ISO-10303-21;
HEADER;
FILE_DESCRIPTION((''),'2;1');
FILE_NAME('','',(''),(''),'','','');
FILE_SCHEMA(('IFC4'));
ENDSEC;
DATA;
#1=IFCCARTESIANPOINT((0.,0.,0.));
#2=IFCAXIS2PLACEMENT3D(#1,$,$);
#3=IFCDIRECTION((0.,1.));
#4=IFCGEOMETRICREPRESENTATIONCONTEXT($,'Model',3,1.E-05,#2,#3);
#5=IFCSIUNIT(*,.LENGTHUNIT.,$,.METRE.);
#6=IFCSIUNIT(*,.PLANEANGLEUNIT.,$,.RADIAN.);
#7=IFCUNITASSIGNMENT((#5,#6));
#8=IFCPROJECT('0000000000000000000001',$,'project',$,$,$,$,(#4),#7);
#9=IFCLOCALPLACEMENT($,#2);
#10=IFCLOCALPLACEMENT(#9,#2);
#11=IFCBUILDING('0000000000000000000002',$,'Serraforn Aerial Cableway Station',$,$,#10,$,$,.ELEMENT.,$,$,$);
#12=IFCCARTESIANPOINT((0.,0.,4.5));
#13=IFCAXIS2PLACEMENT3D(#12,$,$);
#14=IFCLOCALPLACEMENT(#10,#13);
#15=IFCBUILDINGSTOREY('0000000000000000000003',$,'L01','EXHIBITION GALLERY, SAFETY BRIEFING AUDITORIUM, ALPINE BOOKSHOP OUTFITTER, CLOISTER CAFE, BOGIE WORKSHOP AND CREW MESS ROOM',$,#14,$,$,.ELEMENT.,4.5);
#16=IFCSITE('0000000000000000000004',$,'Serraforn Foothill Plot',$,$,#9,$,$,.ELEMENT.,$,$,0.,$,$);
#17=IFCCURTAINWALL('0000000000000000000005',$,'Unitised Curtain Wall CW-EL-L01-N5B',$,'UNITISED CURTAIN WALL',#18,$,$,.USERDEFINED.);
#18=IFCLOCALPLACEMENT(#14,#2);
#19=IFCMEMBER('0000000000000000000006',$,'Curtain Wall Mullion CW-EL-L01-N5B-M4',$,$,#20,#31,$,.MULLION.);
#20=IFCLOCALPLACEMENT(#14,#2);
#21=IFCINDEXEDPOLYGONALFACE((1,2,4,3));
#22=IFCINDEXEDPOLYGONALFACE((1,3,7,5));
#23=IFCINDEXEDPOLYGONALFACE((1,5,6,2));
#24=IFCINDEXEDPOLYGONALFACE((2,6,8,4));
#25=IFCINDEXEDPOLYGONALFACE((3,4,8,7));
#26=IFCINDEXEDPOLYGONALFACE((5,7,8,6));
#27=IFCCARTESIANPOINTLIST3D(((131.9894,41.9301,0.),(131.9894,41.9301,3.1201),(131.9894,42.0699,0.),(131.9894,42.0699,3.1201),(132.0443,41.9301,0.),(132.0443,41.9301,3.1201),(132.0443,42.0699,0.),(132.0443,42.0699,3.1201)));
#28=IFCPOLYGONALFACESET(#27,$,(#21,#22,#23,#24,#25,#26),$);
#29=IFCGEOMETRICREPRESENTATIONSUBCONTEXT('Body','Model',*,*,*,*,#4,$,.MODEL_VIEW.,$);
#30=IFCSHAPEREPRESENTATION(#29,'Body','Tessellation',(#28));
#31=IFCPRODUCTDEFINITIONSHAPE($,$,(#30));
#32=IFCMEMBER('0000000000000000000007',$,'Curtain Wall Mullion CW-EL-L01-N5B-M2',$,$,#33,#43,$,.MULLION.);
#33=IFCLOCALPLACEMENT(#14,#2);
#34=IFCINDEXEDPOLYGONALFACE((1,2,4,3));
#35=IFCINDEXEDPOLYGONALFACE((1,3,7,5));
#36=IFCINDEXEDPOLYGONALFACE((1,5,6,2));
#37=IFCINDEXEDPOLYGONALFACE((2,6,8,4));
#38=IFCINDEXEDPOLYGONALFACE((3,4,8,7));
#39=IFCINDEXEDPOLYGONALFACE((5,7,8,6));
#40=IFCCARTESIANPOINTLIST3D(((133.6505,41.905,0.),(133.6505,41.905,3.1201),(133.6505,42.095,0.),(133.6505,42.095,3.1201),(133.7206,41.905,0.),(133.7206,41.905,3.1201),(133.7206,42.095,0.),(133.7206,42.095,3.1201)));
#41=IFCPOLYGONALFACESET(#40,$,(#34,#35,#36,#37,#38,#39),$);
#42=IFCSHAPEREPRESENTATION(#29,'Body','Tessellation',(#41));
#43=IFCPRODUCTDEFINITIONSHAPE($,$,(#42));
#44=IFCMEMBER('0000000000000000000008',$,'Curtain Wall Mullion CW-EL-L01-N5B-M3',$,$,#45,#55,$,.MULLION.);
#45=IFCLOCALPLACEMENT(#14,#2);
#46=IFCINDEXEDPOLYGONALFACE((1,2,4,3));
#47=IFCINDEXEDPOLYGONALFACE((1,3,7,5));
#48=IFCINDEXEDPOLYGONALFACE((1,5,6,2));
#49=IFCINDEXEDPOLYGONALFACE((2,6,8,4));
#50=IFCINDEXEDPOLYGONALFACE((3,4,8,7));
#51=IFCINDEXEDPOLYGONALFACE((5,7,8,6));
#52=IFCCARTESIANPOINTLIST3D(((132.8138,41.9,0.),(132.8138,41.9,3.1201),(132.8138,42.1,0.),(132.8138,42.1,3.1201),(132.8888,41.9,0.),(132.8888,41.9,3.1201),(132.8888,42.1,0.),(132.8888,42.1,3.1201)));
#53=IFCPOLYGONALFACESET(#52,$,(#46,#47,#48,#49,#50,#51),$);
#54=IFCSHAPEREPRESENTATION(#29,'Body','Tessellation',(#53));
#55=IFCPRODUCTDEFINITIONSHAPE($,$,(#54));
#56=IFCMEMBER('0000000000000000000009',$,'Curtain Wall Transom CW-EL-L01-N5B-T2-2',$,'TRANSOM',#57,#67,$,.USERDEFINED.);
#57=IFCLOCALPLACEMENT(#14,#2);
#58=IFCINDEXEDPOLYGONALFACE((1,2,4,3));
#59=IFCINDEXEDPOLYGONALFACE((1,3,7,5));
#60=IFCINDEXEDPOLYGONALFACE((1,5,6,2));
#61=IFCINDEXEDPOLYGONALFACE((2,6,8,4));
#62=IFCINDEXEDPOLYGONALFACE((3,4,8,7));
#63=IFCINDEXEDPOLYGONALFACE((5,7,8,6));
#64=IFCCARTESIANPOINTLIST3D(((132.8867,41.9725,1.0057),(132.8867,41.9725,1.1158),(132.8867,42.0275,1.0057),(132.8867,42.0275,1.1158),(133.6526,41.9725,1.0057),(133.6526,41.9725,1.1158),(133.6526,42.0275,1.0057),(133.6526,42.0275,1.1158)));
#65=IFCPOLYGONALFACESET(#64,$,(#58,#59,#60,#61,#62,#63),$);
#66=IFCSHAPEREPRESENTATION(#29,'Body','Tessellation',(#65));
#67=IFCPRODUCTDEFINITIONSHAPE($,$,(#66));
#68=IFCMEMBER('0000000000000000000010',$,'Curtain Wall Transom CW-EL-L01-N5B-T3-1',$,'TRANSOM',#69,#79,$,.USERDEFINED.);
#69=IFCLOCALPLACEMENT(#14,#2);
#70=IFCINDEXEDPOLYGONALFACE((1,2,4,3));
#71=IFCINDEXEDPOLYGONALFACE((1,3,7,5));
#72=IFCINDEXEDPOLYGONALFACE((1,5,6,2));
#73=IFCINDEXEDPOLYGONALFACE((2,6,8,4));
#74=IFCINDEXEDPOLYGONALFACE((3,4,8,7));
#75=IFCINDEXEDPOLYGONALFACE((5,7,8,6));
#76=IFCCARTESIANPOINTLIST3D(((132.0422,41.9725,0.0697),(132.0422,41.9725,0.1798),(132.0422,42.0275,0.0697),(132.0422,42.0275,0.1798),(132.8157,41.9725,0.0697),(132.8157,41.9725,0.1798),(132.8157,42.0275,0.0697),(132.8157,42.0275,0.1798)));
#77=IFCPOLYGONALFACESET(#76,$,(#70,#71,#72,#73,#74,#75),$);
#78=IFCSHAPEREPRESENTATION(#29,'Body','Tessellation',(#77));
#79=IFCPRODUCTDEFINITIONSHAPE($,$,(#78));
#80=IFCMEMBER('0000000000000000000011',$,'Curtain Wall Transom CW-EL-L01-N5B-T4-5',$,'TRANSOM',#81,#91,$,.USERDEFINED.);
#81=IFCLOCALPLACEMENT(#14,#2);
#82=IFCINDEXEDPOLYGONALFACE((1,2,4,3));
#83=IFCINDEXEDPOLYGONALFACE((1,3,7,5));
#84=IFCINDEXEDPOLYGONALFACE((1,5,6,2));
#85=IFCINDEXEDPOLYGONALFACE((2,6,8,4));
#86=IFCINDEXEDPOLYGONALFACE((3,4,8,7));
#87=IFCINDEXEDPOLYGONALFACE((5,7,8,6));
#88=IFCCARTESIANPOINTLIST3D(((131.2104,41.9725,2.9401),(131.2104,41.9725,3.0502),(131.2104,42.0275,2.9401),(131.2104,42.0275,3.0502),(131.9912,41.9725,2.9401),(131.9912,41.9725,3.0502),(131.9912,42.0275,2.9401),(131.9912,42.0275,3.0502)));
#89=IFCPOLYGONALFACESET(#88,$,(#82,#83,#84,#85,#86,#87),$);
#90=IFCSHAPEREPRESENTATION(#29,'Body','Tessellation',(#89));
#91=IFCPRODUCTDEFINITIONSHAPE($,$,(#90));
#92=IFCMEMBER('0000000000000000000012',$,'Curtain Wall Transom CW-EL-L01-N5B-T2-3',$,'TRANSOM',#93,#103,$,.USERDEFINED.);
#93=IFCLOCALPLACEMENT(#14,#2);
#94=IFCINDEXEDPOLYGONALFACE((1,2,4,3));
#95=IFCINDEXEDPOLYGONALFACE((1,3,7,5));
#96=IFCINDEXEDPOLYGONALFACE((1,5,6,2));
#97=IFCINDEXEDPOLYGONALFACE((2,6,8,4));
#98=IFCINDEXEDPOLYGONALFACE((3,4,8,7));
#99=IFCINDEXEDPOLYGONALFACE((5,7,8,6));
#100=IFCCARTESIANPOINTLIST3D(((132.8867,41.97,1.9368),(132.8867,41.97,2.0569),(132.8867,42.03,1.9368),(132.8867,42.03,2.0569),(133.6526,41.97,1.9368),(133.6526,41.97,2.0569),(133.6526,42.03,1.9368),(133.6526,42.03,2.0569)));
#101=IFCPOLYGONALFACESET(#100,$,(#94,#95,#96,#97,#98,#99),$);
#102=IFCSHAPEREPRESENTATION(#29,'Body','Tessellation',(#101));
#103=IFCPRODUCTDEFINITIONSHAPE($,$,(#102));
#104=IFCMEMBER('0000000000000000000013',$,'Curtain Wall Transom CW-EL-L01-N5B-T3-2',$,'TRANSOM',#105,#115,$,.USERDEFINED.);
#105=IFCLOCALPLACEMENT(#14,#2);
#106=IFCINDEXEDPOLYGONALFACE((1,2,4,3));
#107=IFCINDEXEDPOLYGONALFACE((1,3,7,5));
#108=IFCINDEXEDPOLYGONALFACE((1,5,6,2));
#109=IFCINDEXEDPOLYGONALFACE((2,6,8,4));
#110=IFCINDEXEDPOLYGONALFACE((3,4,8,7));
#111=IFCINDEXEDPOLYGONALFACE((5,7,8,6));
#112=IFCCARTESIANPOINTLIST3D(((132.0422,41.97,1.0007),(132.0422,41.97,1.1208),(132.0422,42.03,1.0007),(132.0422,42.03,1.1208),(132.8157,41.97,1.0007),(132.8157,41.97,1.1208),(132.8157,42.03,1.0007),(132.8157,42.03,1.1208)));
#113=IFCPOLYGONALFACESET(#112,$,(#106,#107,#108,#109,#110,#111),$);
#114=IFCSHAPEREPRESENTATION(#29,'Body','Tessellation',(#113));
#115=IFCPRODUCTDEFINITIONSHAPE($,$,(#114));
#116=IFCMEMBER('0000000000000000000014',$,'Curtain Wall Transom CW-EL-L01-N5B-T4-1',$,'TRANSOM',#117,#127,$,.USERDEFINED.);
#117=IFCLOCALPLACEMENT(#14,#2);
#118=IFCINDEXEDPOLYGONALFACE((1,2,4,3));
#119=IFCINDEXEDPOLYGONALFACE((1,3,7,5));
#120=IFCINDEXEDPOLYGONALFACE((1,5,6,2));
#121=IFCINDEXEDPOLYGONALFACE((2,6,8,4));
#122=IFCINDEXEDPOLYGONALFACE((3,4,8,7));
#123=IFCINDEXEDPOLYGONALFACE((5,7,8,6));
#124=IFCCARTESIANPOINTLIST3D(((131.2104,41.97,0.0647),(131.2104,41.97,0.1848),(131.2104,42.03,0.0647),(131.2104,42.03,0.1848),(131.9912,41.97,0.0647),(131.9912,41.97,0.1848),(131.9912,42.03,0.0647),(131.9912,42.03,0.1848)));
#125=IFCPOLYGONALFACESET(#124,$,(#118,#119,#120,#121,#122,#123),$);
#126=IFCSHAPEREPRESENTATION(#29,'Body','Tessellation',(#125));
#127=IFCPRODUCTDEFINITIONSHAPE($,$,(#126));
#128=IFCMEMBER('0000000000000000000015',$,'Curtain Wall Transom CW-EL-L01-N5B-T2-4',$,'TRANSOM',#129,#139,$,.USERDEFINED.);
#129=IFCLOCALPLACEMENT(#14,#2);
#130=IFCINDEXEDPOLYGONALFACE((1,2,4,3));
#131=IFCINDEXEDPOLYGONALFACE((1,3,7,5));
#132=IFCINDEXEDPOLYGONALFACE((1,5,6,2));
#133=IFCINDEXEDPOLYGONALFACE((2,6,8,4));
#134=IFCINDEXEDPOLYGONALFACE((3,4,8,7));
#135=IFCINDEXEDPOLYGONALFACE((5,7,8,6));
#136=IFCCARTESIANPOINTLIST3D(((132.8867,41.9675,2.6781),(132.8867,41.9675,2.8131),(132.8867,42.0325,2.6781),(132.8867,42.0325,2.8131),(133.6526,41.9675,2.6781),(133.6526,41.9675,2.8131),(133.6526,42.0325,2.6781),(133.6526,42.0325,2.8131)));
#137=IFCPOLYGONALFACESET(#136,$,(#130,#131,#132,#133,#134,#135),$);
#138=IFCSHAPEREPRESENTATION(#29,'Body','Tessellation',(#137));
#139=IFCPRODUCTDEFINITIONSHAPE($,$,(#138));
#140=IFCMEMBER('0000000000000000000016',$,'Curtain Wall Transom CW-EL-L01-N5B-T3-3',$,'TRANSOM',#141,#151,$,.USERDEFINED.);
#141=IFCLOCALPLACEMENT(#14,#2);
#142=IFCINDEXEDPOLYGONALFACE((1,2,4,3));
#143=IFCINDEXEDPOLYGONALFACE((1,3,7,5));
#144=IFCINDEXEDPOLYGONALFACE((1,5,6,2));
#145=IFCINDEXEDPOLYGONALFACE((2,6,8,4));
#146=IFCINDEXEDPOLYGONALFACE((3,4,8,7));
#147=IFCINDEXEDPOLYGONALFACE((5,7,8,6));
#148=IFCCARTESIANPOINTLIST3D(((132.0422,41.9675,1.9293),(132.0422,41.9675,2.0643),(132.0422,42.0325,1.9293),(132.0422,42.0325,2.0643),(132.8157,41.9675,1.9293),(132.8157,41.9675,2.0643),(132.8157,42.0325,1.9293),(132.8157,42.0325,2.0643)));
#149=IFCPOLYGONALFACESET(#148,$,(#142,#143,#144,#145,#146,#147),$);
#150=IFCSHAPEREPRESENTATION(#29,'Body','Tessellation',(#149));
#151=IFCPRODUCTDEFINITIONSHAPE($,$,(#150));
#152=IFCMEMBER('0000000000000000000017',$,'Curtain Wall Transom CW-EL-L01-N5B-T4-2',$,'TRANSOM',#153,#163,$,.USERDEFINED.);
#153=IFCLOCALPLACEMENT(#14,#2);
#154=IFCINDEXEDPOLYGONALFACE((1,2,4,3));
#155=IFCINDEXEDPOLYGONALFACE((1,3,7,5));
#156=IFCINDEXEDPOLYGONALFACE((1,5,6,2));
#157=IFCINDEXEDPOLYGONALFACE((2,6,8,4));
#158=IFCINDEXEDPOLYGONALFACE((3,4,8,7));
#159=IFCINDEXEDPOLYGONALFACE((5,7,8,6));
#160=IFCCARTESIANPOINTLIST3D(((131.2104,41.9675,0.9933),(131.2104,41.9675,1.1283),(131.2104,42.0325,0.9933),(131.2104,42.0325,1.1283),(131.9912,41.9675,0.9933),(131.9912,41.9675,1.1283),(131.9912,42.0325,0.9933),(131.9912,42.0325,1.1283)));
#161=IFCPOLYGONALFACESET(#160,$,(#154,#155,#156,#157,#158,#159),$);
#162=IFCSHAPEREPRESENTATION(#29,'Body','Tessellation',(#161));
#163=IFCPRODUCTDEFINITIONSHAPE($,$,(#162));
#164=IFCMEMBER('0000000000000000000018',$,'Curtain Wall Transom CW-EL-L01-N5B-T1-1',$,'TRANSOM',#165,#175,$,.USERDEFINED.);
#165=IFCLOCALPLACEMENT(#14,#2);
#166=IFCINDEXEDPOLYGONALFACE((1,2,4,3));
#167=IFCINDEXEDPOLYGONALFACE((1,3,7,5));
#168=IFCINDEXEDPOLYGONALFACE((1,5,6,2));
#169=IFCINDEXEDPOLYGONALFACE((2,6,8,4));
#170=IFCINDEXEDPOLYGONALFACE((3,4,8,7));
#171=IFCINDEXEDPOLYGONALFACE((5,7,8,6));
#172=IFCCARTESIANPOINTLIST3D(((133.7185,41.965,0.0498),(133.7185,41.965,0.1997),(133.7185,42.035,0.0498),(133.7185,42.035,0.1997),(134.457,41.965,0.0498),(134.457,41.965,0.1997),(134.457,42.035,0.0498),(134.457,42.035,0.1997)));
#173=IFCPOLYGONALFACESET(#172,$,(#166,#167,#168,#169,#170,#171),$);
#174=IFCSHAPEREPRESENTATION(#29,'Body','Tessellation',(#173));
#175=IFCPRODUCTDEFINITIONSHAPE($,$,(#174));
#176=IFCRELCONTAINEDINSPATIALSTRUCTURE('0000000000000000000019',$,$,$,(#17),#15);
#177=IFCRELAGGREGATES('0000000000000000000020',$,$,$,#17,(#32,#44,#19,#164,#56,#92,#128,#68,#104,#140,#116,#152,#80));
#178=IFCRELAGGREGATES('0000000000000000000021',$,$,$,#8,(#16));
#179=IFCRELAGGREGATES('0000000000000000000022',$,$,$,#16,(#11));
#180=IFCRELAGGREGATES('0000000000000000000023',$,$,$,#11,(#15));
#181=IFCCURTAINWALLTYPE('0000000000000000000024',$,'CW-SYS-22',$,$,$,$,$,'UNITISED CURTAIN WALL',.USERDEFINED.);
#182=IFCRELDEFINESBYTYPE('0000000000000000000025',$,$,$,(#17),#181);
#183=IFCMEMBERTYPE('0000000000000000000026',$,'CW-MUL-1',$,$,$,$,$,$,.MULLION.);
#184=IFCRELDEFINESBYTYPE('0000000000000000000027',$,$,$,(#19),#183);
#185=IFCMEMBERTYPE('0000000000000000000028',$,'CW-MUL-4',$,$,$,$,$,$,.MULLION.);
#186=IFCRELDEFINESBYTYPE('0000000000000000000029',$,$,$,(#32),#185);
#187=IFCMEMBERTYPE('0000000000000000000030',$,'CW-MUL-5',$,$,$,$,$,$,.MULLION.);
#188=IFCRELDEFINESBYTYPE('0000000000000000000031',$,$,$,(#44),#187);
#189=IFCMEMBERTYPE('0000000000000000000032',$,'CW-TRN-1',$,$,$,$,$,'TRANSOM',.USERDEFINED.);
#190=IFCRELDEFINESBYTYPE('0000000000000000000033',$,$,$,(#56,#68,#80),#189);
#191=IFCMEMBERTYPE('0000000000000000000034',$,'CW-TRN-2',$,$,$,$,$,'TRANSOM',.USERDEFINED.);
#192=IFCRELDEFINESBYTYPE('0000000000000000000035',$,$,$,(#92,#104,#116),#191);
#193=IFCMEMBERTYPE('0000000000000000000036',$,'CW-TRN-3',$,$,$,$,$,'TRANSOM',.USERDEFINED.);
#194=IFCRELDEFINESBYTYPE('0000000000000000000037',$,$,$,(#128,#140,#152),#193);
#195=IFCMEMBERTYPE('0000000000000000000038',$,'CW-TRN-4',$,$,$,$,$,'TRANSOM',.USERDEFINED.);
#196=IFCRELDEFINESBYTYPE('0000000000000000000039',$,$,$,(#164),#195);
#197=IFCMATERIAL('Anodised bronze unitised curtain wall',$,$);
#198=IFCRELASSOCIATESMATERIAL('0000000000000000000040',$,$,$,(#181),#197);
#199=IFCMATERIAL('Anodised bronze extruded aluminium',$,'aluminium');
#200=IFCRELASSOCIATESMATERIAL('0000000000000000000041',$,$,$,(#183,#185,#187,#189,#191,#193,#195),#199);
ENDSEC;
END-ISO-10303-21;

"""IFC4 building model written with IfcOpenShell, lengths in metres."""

from ifc_helpers import new_model, si_unit, direction, frame, origin, origin_2d, place, context, subcontext, project, spatial, rectangle, extrude, material, material_profile, profile_set, type_object, element, aggregate, save


model = new_model("IFC4")

# Units and contexts
model_context = context("Model", 3, precision=1e-05, world=origin(), true_north=direction((0.0, 1.0)))
body_context = subcontext(model_context, "Body", "Model", "MODEL_VIEW")
ifc_project = project(units=[si_unit("LENGTHUNIT", "METRE"), si_unit("PLANEANGLEUNIT", "RADIAN")], contexts=[model_context])

# Site, building, storey
site_placement = place(None, origin())
site = spatial("IfcSite", under=ifc_project, at=site_placement, Name="Serraforn Foothill Plot", CompositionType="ELEMENT", RefElevation=0.0)
building_placement = place(site_placement, origin())
building = spatial("IfcBuilding", under=site, at=building_placement, Name="Serraforn Aerial Cableway Station", CompositionType="ELEMENT")
storey_placement = place(building_placement, frame((0.0, 0.0, 4.5)))
storey = spatial("IfcBuildingStorey", under=building, at=storey_placement, Name="L01", Description="EXHIBITION GALLERY, SAFETY BRIEFING AUDITORIUM, ALPINE BOOKSHOP OUTFITTER, CLOISTER CAFE, BOGIE WORKSHOP AND CREW MESS ROOM", CompositionType="ELEMENT", Elevation=4.5)

# Curtain wall, members
ifc_material_1 = material(Name="Anodised bronze unitised curtain wall")
curtain_wall_type = type_object("IfcCurtainWallType", Name="CW-SYS-22", ElementType="UNITISED CURTAIN WALL", PredefinedType="USERDEFINED", material=ifc_material_1)
curtain_wall_placement = place(storey_placement, origin())
curtain_wall = element("IfcCurtainWall", 1, at=curtain_wall_placement, inside=storey, type_object=curtain_wall_type, Name="Unitised Curtain Wall CW-EL-L01-N5B", ObjectType="UNITISED CURTAIN WALL", PredefinedType="USERDEFINED")
ifc_material_2 = material(Name="Anodised bronze extruded aluminium", Category="aluminium")
ifc_material_profile_1 = material_profile(ifc_material_2, rectangle(XDim=0.0549, YDim=0.1399, at=origin_2d()), Name="CW MULLION 55x140")
ifc_profile_set_1 = profile_set([ifc_material_profile_1], Name="Anodised bronze extruded aluminium")
member_type_1 = type_object("IfcMemberType", Name="CW-MUL-1", PredefinedType="MULLION", material=ifc_profile_set_1)
member_1_placement = place(storey_placement, frame((132.0168, 42.0, 0.0), z_axis=(0.0, 0.0, 1.0), x_axis=(-1.0, 0.0, 0.0)))
member_1 = element("IfcMember", 2, at=member_1_placement, type_object=member_type_1, Name="Curtain Wall Mullion CW-EL-L01-N5B-M4", PredefinedType="MULLION", context=body_context, shape_type="SweptSolid", body=[
    extrude(rectangle(XDim=0.0549, YDim=0.1399, at=origin_2d()), origin(), (0.0, 0.0, 1.0), 3.1201),
])
ifc_material_profile_2 = material_profile(ifc_material_2, rectangle(XDim=0.0701, YDim=0.1899, at=origin_2d()), Name="CW MULLION 70x190")
ifc_profile_set_2 = profile_set([ifc_material_profile_2], Name="Anodised bronze extruded aluminium")
member_type_2 = type_object("IfcMemberType", Name="CW-MUL-4", PredefinedType="MULLION", material=ifc_profile_set_2)
member_2_placement = place(storey_placement, frame((133.6855, 42.0, 0.0), z_axis=(0.0, 0.0, 1.0), x_axis=(-1.0, 0.0, 0.0)))
member_2 = element("IfcMember", 3, at=member_2_placement, type_object=member_type_2, Name="Curtain Wall Mullion CW-EL-L01-N5B-M2", PredefinedType="MULLION", context=body_context, shape_type="SweptSolid", body=[
    extrude(rectangle(XDim=0.0701, YDim=0.1899, at=origin_2d()), origin(), (0.0, 0.0, 1.0), 3.1201),
])
ifc_material_profile_3 = material_profile(ifc_material_2, rectangle(XDim=0.075, YDim=0.2, at=origin_2d()), Name="CW MULLION 75x200")
ifc_profile_set_3 = profile_set([ifc_material_profile_3], Name="Anodised bronze extruded aluminium")
member_type_3 = type_object("IfcMemberType", Name="CW-MUL-5", PredefinedType="MULLION", material=ifc_profile_set_3)
member_3_placement = place(storey_placement, frame((132.8513, 42.0, 0.0), z_axis=(0.0, 0.0, 1.0), x_axis=(-1.0, 0.0, 0.0)))
member_3 = element("IfcMember", 4, at=member_3_placement, type_object=member_type_3, Name="Curtain Wall Mullion CW-EL-L01-N5B-M3", PredefinedType="MULLION", context=body_context, shape_type="SweptSolid", body=[
    extrude(rectangle(XDim=0.075, YDim=0.2, at=origin_2d()), origin(), (0.0, 0.0, 1.0), 3.1201),
])
ifc_material_profile_4 = material_profile(ifc_material_2, rectangle(XDim=0.0549, YDim=0.1101, at=origin_2d()), Name="CW TRANSOM 55x110")
ifc_profile_set_4 = profile_set([ifc_material_profile_4], Name="Anodised bronze extruded aluminium")
member_type_4 = type_object("IfcMemberType", Name="CW-TRN-1", ElementType="TRANSOM", PredefinedType="USERDEFINED", material=ifc_profile_set_4)
member_4_placement = place(storey_placement, frame((133.6526, 42.0, 1.0608), z_axis=(-1.0, 0.0, 0.0), x_axis=(0.0, -1.0, 0.0)))
member_4 = element("IfcMember", 5, at=member_4_placement, type_object=member_type_4, Name="Curtain Wall Transom CW-EL-L01-N5B-T2-2", ObjectType="TRANSOM", PredefinedType="USERDEFINED", context=body_context, shape_type="SweptSolid", body=[
    extrude(rectangle(XDim=0.0549, YDim=0.1101, at=origin_2d()), origin(), (0.0, 0.0, 1.0), 0.7659),
])
member_5_placement = place(storey_placement, frame((132.8157, 42.0, 0.1248), z_axis=(-1.0, 0.0, 0.0), x_axis=(0.0, -1.0, 0.0)))
member_5 = element("IfcMember", 6, at=member_5_placement, type_object=member_type_4, Name="Curtain Wall Transom CW-EL-L01-N5B-T3-1", ObjectType="TRANSOM", PredefinedType="USERDEFINED", context=body_context, shape_type="SweptSolid", body=[
    extrude(rectangle(XDim=0.0549, YDim=0.1101, at=origin_2d()), origin(), (0.0, 0.0, 1.0), 0.7734),
])
member_6_placement = place(storey_placement, frame((131.9912, 42.0, 2.9951), z_axis=(-1.0, 0.0, 0.0), x_axis=(0.0, -1.0, 0.0)))
member_6 = element("IfcMember", 7, at=member_6_placement, type_object=member_type_4, Name="Curtain Wall Transom CW-EL-L01-N5B-T4-5", ObjectType="TRANSOM", PredefinedType="USERDEFINED", context=body_context, shape_type="SweptSolid", body=[
    extrude(rectangle(XDim=0.0549, YDim=0.1101, at=origin_2d()), origin(), (0.0, 0.0, 1.0), 0.7808),
])
ifc_material_profile_5 = material_profile(ifc_material_2, rectangle(XDim=0.0601, YDim=0.1201, at=origin_2d()), Name="CW TRANSOM 60x120")
ifc_profile_set_5 = profile_set([ifc_material_profile_5], Name="Anodised bronze extruded aluminium")
member_type_5 = type_object("IfcMemberType", Name="CW-TRN-2", ElementType="TRANSOM", PredefinedType="USERDEFINED", material=ifc_profile_set_5)
member_7_placement = place(storey_placement, frame((133.6526, 42.0, 1.9968), z_axis=(-1.0, 0.0, 0.0), x_axis=(0.0, -1.0, 0.0)))
member_7 = element("IfcMember", 8, at=member_7_placement, type_object=member_type_5, Name="Curtain Wall Transom CW-EL-L01-N5B-T2-3", ObjectType="TRANSOM", PredefinedType="USERDEFINED", context=body_context, shape_type="SweptSolid", body=[
    extrude(rectangle(XDim=0.0601, YDim=0.1201, at=origin_2d()), origin(), (0.0, 0.0, 1.0), 0.7659),
])
member_8_placement = place(storey_placement, frame((132.8157, 42.0, 1.0608), z_axis=(-1.0, 0.0, 0.0), x_axis=(0.0, -1.0, 0.0)))
member_8 = element("IfcMember", 9, at=member_8_placement, type_object=member_type_5, Name="Curtain Wall Transom CW-EL-L01-N5B-T3-2", ObjectType="TRANSOM", PredefinedType="USERDEFINED", context=body_context, shape_type="SweptSolid", body=[
    extrude(rectangle(XDim=0.0601, YDim=0.1201, at=origin_2d()), origin(), (0.0, 0.0, 1.0), 0.7734),
])
member_9_placement = place(storey_placement, frame((131.9912, 42.0, 0.1248), z_axis=(-1.0, 0.0, 0.0), x_axis=(0.0, -1.0, 0.0)))
member_9 = element("IfcMember", 10, at=member_9_placement, type_object=member_type_5, Name="Curtain Wall Transom CW-EL-L01-N5B-T4-1", ObjectType="TRANSOM", PredefinedType="USERDEFINED", context=body_context, shape_type="SweptSolid", body=[
    extrude(rectangle(XDim=0.0601, YDim=0.1201, at=origin_2d()), origin(), (0.0, 0.0, 1.0), 0.7808),
])
ifc_material_profile_6 = material_profile(ifc_material_2, rectangle(XDim=0.0649, YDim=0.135, at=origin_2d()), Name="CW TRANSOM 65x135")
ifc_profile_set_6 = profile_set([ifc_material_profile_6], Name="Anodised bronze extruded aluminium")
member_type_6 = type_object("IfcMemberType", Name="CW-TRN-3", ElementType="TRANSOM", PredefinedType="USERDEFINED", material=ifc_profile_set_6)
member_10_placement = place(storey_placement, frame((133.6526, 42.0, 2.7456), z_axis=(-1.0, 0.0, 0.0), x_axis=(0.0, -1.0, 0.0)))
member_10 = element("IfcMember", 11, at=member_10_placement, type_object=member_type_6, Name="Curtain Wall Transom CW-EL-L01-N5B-T2-4", ObjectType="TRANSOM", PredefinedType="USERDEFINED", context=body_context, shape_type="SweptSolid", body=[
    extrude(rectangle(XDim=0.0649, YDim=0.135, at=origin_2d()), origin(), (0.0, 0.0, 1.0), 0.7659),
])
member_11_placement = place(storey_placement, frame((132.8157, 42.0, 1.9968), z_axis=(-1.0, 0.0, 0.0), x_axis=(0.0, -1.0, 0.0)))
member_11 = element("IfcMember", 12, at=member_11_placement, type_object=member_type_6, Name="Curtain Wall Transom CW-EL-L01-N5B-T3-3", ObjectType="TRANSOM", PredefinedType="USERDEFINED", context=body_context, shape_type="SweptSolid", body=[
    extrude(rectangle(XDim=0.0649, YDim=0.135, at=origin_2d()), origin(), (0.0, 0.0, 1.0), 0.7734),
])
member_12_placement = place(storey_placement, frame((131.9912, 42.0, 1.0608), z_axis=(-1.0, 0.0, 0.0), x_axis=(0.0, -1.0, 0.0)))
member_12 = element("IfcMember", 13, at=member_12_placement, type_object=member_type_6, Name="Curtain Wall Transom CW-EL-L01-N5B-T4-2", ObjectType="TRANSOM", PredefinedType="USERDEFINED", context=body_context, shape_type="SweptSolid", body=[
    extrude(rectangle(XDim=0.0649, YDim=0.135, at=origin_2d()), origin(), (0.0, 0.0, 1.0), 0.7808),
])
ifc_material_profile_7 = material_profile(ifc_material_2, rectangle(XDim=0.0701, YDim=0.1499, at=origin_2d()), Name="CW TRANSOM 70x150")
ifc_profile_set_7 = profile_set([ifc_material_profile_7], Name="Anodised bronze extruded aluminium")
member_type_7 = type_object("IfcMemberType", Name="CW-TRN-4", ElementType="TRANSOM", PredefinedType="USERDEFINED", material=ifc_profile_set_7)
member_13_placement = place(storey_placement, frame((134.457, 42.0, 0.1248), z_axis=(-1.0, 0.0, 0.0), x_axis=(0.0, -1.0, 0.0)))
member_13 = element("IfcMember", 14, at=member_13_placement, type_object=member_type_7, Name="Curtain Wall Transom CW-EL-L01-N5B-T1-1", ObjectType="TRANSOM", PredefinedType="USERDEFINED", context=body_context, shape_type="SweptSolid", body=[
    extrude(rectangle(XDim=0.0701, YDim=0.1499, at=origin_2d()), origin(), (0.0, 0.0, 1.0), 0.7385),
])
aggregate(curtain_wall, [member_2, member_3, member_1, member_13, member_4, member_7, member_10, member_5, member_8, member_11, member_9, member_12, member_6])

save(model, "model.ifc")
